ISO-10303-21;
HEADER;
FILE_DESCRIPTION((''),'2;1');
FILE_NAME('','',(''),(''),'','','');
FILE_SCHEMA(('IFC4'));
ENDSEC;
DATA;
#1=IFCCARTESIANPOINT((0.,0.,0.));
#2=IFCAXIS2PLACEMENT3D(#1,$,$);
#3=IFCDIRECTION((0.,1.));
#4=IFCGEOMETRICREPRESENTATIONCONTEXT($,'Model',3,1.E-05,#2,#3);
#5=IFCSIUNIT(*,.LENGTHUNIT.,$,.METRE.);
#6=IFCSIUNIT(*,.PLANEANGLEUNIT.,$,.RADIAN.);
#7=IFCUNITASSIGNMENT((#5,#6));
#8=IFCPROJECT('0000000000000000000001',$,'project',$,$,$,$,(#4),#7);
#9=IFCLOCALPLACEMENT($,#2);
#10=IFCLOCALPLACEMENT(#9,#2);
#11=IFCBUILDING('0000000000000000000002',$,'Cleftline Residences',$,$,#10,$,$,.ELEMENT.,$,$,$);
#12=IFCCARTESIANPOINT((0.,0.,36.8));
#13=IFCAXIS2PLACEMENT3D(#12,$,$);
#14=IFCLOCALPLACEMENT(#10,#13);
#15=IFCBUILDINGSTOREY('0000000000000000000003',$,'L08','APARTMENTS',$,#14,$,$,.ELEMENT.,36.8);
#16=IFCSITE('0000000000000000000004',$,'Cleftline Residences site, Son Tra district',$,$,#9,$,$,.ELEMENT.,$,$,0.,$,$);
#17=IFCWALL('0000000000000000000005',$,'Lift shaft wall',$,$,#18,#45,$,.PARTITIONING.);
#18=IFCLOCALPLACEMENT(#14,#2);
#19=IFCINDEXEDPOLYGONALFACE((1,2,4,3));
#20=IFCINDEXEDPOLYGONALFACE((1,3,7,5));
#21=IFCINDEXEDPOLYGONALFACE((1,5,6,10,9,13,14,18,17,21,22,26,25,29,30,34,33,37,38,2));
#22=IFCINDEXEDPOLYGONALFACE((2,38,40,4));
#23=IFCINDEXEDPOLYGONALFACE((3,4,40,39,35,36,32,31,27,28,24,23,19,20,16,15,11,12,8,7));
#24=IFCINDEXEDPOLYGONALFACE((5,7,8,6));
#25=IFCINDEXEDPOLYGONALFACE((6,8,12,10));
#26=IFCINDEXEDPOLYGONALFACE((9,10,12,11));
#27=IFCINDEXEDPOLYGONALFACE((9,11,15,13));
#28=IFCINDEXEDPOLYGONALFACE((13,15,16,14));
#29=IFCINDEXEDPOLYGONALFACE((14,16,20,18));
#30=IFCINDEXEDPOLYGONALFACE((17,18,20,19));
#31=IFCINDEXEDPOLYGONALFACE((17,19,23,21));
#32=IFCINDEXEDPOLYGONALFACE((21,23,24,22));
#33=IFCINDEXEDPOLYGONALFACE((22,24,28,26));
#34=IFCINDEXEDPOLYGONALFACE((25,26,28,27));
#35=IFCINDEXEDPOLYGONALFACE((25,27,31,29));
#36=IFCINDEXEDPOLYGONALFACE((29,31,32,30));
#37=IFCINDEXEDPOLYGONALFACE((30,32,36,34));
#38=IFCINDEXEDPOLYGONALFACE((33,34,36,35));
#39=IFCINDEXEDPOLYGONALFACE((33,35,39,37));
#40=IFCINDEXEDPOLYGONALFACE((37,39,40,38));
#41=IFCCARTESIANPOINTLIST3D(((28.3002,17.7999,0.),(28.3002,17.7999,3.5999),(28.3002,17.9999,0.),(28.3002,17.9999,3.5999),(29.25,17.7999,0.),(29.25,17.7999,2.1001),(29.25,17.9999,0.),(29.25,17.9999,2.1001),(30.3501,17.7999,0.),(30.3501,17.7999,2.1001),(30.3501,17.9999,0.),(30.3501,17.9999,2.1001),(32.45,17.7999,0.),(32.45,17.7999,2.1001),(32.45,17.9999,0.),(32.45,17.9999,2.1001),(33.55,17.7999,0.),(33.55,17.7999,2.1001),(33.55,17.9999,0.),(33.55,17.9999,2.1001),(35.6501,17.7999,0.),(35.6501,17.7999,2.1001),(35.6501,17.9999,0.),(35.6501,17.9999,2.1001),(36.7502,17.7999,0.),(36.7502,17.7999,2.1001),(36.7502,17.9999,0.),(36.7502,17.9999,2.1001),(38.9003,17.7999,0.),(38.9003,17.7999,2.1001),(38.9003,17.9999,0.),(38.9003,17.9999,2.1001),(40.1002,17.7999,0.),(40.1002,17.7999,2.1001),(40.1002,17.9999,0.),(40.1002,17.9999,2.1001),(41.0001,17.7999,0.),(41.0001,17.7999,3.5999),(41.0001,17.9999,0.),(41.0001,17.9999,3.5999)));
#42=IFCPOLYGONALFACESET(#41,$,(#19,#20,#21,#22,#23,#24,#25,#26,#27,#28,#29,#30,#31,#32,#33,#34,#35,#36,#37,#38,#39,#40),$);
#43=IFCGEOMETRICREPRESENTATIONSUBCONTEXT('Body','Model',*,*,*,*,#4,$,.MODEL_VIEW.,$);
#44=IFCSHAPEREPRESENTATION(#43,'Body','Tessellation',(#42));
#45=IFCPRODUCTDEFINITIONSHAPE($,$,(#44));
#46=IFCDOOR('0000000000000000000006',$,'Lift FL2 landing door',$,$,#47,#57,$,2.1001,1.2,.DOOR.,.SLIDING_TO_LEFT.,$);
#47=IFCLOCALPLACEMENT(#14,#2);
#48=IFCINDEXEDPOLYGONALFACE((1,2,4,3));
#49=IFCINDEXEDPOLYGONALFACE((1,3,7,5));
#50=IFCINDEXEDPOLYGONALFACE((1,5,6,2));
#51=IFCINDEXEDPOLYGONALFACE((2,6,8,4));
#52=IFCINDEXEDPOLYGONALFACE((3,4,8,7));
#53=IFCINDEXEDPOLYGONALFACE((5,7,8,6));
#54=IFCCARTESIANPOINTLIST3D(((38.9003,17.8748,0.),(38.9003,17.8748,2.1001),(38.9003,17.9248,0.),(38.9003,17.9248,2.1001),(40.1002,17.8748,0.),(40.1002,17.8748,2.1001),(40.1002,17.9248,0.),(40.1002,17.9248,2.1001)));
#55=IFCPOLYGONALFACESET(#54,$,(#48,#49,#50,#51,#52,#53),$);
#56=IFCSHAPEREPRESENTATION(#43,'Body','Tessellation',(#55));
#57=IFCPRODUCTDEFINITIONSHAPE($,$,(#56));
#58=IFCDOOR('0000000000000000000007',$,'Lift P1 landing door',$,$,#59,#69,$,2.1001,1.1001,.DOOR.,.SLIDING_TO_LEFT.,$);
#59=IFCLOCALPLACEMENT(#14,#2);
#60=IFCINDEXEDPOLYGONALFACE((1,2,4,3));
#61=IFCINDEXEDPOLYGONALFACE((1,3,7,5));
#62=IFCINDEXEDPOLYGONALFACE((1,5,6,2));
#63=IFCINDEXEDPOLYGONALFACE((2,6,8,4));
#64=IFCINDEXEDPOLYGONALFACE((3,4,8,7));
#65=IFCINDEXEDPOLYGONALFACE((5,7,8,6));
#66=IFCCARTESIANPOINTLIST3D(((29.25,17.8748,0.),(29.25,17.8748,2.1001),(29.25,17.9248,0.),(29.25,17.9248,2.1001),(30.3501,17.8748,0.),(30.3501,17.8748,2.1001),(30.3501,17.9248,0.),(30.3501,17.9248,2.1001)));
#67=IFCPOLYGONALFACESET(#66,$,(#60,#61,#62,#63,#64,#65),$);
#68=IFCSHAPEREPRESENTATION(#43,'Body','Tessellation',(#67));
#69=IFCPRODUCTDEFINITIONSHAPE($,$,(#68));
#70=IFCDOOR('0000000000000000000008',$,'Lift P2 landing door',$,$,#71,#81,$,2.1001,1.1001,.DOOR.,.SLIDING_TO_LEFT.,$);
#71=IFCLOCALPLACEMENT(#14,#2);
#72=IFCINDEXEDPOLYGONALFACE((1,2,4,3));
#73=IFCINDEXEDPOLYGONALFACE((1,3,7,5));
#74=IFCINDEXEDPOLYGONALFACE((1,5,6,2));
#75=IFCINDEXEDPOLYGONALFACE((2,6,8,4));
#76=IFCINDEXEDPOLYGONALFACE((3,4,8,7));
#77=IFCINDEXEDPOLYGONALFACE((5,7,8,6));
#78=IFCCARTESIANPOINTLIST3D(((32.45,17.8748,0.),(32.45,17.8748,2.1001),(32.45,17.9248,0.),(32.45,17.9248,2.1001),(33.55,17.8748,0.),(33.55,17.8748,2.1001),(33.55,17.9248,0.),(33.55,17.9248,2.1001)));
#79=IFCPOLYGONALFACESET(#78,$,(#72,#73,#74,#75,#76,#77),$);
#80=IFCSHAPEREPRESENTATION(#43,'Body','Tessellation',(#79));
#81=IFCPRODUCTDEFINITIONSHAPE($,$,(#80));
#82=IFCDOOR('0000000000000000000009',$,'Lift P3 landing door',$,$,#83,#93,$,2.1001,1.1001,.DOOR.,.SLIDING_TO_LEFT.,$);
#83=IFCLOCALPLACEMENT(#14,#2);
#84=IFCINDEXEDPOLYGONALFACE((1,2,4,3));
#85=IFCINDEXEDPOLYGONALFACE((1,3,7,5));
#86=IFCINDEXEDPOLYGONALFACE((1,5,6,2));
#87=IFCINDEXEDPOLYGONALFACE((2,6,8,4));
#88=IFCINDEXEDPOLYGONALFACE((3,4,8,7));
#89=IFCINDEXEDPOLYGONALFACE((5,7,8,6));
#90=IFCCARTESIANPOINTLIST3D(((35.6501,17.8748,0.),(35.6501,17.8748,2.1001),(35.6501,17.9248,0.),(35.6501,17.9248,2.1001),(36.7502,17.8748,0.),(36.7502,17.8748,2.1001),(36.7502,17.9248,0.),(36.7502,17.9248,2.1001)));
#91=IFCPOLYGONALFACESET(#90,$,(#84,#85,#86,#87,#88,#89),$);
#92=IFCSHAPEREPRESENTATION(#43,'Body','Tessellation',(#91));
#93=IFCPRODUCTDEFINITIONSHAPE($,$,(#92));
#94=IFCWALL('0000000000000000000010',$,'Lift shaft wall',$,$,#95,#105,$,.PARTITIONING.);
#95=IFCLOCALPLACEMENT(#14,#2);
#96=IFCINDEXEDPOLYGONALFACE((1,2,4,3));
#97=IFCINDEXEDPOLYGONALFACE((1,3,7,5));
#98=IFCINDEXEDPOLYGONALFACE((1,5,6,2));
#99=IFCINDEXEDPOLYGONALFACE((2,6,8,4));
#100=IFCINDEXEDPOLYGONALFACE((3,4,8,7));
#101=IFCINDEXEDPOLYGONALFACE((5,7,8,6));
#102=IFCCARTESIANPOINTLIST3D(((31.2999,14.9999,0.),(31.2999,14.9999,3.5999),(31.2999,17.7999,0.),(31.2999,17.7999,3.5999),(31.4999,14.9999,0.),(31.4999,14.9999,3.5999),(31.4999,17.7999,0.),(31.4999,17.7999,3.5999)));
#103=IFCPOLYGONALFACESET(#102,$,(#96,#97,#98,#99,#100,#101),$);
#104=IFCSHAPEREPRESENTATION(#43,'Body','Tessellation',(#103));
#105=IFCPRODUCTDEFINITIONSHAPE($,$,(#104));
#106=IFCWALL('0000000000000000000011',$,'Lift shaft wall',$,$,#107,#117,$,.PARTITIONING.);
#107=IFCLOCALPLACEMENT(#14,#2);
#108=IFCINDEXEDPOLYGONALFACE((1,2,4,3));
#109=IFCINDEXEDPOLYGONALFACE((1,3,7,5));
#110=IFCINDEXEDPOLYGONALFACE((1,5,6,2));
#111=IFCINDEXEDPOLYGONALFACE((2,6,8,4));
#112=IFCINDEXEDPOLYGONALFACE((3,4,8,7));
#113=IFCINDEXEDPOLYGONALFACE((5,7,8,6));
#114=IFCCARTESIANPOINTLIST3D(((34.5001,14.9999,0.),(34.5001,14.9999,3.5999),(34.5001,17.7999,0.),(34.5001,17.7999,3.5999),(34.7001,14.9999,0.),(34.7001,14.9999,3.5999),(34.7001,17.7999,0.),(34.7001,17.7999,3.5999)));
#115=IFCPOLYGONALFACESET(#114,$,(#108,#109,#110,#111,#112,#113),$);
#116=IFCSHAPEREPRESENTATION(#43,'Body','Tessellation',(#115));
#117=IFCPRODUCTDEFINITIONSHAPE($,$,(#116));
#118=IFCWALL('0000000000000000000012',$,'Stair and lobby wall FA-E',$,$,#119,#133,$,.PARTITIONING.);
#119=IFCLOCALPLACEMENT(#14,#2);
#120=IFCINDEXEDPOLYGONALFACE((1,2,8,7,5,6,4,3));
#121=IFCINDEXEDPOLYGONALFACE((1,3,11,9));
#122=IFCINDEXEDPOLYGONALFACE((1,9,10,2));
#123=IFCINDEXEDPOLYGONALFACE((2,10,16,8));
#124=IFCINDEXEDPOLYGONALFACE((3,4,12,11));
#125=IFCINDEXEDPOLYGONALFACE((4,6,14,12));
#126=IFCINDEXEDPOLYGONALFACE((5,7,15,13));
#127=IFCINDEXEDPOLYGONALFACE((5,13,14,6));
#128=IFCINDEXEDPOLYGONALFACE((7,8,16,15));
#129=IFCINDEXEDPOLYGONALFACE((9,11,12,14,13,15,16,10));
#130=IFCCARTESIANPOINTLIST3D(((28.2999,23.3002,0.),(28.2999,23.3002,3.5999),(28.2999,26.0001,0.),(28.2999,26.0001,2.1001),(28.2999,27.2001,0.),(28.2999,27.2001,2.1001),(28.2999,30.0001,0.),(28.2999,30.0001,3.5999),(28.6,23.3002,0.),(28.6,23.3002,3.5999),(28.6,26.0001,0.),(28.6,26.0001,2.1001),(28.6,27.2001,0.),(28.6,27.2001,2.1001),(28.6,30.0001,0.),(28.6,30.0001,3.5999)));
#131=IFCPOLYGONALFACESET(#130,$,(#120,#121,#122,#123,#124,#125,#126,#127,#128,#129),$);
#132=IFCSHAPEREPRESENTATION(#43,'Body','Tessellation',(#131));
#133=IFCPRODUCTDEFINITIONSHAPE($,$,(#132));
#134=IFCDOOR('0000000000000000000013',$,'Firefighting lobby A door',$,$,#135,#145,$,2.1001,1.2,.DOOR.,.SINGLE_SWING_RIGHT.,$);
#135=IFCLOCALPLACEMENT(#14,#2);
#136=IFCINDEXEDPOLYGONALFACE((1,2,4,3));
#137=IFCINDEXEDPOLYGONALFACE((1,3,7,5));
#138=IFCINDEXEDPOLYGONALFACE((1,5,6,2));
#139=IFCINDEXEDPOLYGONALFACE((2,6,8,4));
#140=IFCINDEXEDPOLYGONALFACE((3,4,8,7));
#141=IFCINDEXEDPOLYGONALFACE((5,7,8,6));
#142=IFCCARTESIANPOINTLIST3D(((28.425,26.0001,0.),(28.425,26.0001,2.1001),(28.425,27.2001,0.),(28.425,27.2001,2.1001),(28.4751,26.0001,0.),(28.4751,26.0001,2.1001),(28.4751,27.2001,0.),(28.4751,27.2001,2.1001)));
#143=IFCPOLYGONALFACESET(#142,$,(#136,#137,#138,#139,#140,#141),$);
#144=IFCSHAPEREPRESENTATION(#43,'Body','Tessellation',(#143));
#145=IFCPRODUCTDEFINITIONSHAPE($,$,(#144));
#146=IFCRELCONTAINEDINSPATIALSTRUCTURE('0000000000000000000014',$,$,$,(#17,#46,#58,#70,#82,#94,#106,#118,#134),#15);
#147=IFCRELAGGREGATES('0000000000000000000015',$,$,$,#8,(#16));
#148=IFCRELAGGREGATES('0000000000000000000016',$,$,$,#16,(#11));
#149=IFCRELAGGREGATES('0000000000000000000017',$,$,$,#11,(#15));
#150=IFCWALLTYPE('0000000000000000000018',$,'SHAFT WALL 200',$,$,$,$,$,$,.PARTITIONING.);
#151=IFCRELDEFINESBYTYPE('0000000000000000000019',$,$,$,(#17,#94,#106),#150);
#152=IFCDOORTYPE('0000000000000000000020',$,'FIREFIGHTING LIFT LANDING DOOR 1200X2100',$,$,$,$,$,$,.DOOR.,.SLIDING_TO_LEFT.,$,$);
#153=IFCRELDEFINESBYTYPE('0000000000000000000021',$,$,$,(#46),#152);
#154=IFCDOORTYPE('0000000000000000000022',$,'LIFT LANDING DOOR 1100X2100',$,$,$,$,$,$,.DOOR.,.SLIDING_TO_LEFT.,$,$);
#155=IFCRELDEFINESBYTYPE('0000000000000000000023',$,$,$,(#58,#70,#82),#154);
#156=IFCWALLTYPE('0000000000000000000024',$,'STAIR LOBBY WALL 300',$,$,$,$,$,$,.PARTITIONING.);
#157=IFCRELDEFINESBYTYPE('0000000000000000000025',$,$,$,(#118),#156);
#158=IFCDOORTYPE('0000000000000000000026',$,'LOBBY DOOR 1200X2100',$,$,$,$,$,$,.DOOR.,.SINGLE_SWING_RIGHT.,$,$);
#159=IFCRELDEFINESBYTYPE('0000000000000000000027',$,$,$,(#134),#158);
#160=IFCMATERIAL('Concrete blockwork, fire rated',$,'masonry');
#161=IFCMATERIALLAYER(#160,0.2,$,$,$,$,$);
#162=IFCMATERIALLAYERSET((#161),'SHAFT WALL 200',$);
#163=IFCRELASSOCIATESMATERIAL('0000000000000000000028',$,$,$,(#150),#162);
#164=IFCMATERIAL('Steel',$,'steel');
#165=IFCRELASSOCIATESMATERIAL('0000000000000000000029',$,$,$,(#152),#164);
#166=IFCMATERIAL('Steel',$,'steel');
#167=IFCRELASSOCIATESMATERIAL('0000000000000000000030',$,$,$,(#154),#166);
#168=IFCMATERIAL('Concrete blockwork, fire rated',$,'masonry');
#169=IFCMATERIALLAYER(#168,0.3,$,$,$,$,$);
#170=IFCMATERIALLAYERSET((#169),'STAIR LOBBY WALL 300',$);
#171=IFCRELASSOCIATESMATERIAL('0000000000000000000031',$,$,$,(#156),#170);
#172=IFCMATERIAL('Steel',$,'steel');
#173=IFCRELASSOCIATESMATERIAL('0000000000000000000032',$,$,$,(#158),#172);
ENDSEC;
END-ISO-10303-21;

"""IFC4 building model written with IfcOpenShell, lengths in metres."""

from ifc_helpers import new_model, si_unit, direction, frame, frame_2d, origin, place, context, subcontext, project, spatial, rectangle, extrude, material, layer, layer_set, type_object, element, fill, save


model = new_model("IFC4")

# Units and contexts
model_context = context("Model", 3, precision=1e-05, world=origin(), true_north=direction((0.0, 1.0)))
body_context = subcontext(model_context, "Body", "Model", "MODEL_VIEW")
ifc_project = project(units=[si_unit("LENGTHUNIT", "METRE"), si_unit("PLANEANGLEUNIT", "RADIAN")], contexts=[model_context])

# Site, building, storey
site_placement = place(None, origin())
site = spatial("IfcSite", under=ifc_project, at=site_placement, Name="Cleftline Residences site, Son Tra district", CompositionType="ELEMENT", RefElevation=0.0)
building_placement = place(site_placement, origin())
building = spatial("IfcBuilding", under=site, at=building_placement, Name="Cleftline Residences", CompositionType="ELEMENT")
storey_placement = place(building_placement, frame((0.0, 0.0, 36.8)))
storey = spatial("IfcBuildingStorey", under=building, at=storey_placement, Name="L08", Description="APARTMENTS", CompositionType="ELEMENT", Elevation=36.8)

# Wall, openings, doors
ifc_material_1 = material(Name="Concrete blockwork, fire rated", Category="masonry")
ifc_layer_1 = layer(ifc_material_1, 0.2)
ifc_layer_set_1 = layer_set([ifc_layer_1], Name="SHAFT WALL 200")
wall_type_1 = type_object("IfcWallType", Name="SHAFT WALL 200", PredefinedType="PARTITIONING", material=ifc_layer_set_1)
wall_1_placement = place(storey_placement, frame((28.3, 17.8999, 0.0), z_axis=(0.0, 0.0, 1.0), x_axis=(1.0, 0.0, 0.0)))
wall_1 = element("IfcWall", 1, at=wall_1_placement, inside=storey, type_object=wall_type_1, Name="Lift shaft wall", PredefinedType="PARTITIONING", context=body_context, shape_type="SweptSolid", body=[
    extrude(rectangle(XDim=12.7, YDim=0.2, at=frame_2d((6.3501, 0.0))), origin(), (0.0, 0.0, 1.0), 3.5999),
])
opening_1_placement = place(wall_1_placement, frame((0.95, 0.0, 0.0)))
opening_1 = element("IfcOpeningElement", 2, at=opening_1_placement, cuts=wall_1, PredefinedType="OPENING", context=body_context, shape_type="SweptSolid", body=[
    extrude(rectangle(XDim=1.1001, YDim=2.1001, at=frame_2d((0.55, 1.05))), frame((0.0, 0.1099, 0.0), z_axis=(0.0, -1.0, 0.0), x_axis=(1.0, 0.0, 0.0)), (0.0, 0.0, 1.0), 0.22),
])
opening_2_placement = place(wall_1_placement, frame((4.1499, 0.0, 0.0)))
opening_2 = element("IfcOpeningElement", 3, at=opening_2_placement, cuts=wall_1, PredefinedType="OPENING", context=body_context, shape_type="SweptSolid", body=[
    extrude(rectangle(XDim=1.1001, YDim=2.1001, at=frame_2d((0.55, 1.05))), frame((0.0, 0.1099, 0.0), z_axis=(0.0, -1.0, 0.0), x_axis=(1.0, 0.0, 0.0)), (0.0, 0.0, 1.0), 0.22),
])
opening_3_placement = place(wall_1_placement, frame((7.3501, 0.0, 0.0)))
opening_3 = element("IfcOpeningElement", 4, at=opening_3_placement, cuts=wall_1, PredefinedType="OPENING", context=body_context, shape_type="SweptSolid", body=[
    extrude(rectangle(XDim=1.1001, YDim=2.1001, at=frame_2d((0.55, 1.05))), frame((0.0, 0.1099, 0.0), z_axis=(0.0, -1.0, 0.0), x_axis=(1.0, 0.0, 0.0)), (0.0, 0.0, 1.0), 0.22),
])
opening_4_placement = place(wall_1_placement, frame((10.6001, 0.0, 0.0)))
opening_4 = element("IfcOpeningElement", 5, at=opening_4_placement, cuts=wall_1, PredefinedType="OPENING", context=body_context, shape_type="SweptSolid", body=[
    extrude(rectangle(XDim=1.2, YDim=2.1001, at=frame_2d((0.6001, 1.05))), frame((0.0, 0.1099, 0.0), z_axis=(0.0, -1.0, 0.0), x_axis=(1.0, 0.0, 0.0)), (0.0, 0.0, 1.0), 0.22),
])
ifc_material_2 = material(Name="Steel", Category="steel")
door_type_1 = type_object("IfcDoorType", Name="FIREFIGHTING LIFT LANDING DOOR 1200X2100", OperationType="SLIDING_TO_LEFT", PredefinedType="DOOR", material=ifc_material_2)
door_1_placement = place(opening_4_placement, origin())
door_1 = element("IfcDoor", 6, at=door_1_placement, inside=storey, type_object=door_type_1, Name="Lift FL2 landing door", OperationType="SLIDING_TO_LEFT", OverallHeight=2.1001, OverallWidth=1.2, PredefinedType="DOOR", context=body_context, shape_type="SweptSolid", body=[
    extrude(rectangle(XDim=1.2, YDim=2.1001, at=frame_2d((0.6001, 1.05))), frame((0.0, 0.0249, 0.0), z_axis=(0.0, -1.0, 0.0), x_axis=(1.0, 0.0, 0.0)), (0.0, 0.0, 1.0), 0.05),
])
fill(opening_4, door_1)
ifc_material_3 = material(Name="Steel", Category="steel")
door_type_2 = type_object("IfcDoorType", Name="LIFT LANDING DOOR 1100X2100", OperationType="SLIDING_TO_LEFT", PredefinedType="DOOR", material=ifc_material_3)
door_2_placement = place(opening_1_placement, origin())
door_2 = element("IfcDoor", 7, at=door_2_placement, inside=storey, type_object=door_type_2, Name="Lift P1 landing door", OperationType="SLIDING_TO_LEFT", OverallHeight=2.1001, OverallWidth=1.1001, PredefinedType="DOOR", context=body_context, shape_type="SweptSolid", body=[
    extrude(rectangle(XDim=1.1001, YDim=2.1001, at=frame_2d((0.55, 1.05))), frame((0.0, 0.0249, 0.0), z_axis=(0.0, -1.0, 0.0), x_axis=(1.0, 0.0, 0.0)), (0.0, 0.0, 1.0), 0.05),
])
fill(opening_1, door_2)
door_3_placement = place(opening_2_placement, origin())
door_3 = element("IfcDoor", 8, at=door_3_placement, inside=storey, type_object=door_type_2, Name="Lift P2 landing door", OperationType="SLIDING_TO_LEFT", OverallHeight=2.1001, OverallWidth=1.1001, PredefinedType="DOOR", context=body_context, shape_type="SweptSolid", body=[
    extrude(rectangle(XDim=1.1001, YDim=2.1001, at=frame_2d((0.55, 1.05))), frame((0.0, 0.0249, 0.0), z_axis=(0.0, -1.0, 0.0), x_axis=(1.0, 0.0, 0.0)), (0.0, 0.0, 1.0), 0.05),
])
fill(opening_2, door_3)
door_4_placement = place(opening_3_placement, origin())
door_4 = element("IfcDoor", 9, at=door_4_placement, inside=storey, type_object=door_type_2, Name="Lift P3 landing door", OperationType="SLIDING_TO_LEFT", OverallHeight=2.1001, OverallWidth=1.1001, PredefinedType="DOOR", context=body_context, shape_type="SweptSolid", body=[
    extrude(rectangle(XDim=1.1001, YDim=2.1001, at=frame_2d((0.55, 1.05))), frame((0.0, 0.0249, 0.0), z_axis=(0.0, -1.0, 0.0), x_axis=(1.0, 0.0, 0.0)), (0.0, 0.0, 1.0), 0.05),
])
fill(opening_3, door_4)

# Walls
for number, where, z_axis, x_axis, name in (
    (10, (31.3999, 15.0, 0.0), (0.0, 0.0, 1.0), (0.0, 1.0, 0.0), "Lift shaft wall"),
    (11, (34.6001, 15.0, 0.0), (0.0, 0.0, 1.0), (0.0, 1.0, 0.0), "Lift shaft wall"),
):
    element("IfcWall", number, at=place(storey_placement, frame(where, z_axis=z_axis, x_axis=x_axis)), inside=storey, type_object=wall_type_1, Name=name, PredefinedType="PARTITIONING", context=body_context, shape_type="SweptSolid", body=[
        extrude(rectangle(XDim=2.8, YDim=0.2, at=frame_2d((1.3999, 0.0))), origin(), (0.0, 0.0, 1.0), 3.5999),
    ])

# Wall, opening, door
ifc_material_4 = material(Name="Concrete blockwork, fire rated", Category="masonry")
ifc_layer_2 = layer(ifc_material_4, 0.3)
ifc_layer_set_2 = layer_set([ifc_layer_2], Name="STAIR LOBBY WALL 300")
wall_type_2 = type_object("IfcWallType", Name="STAIR LOBBY WALL 300", PredefinedType="PARTITIONING", material=ifc_layer_set_2)
wall_2_placement = place(storey_placement, frame((28.45, 23.3, 0.0), z_axis=(0.0, 0.0, 1.0), x_axis=(0.0, 1.0, 0.0)))
wall_2 = element("IfcWall", 12, at=wall_2_placement, inside=storey, type_object=wall_type_2, Name="Stair and lobby wall FA-E", PredefinedType="PARTITIONING", context=body_context, shape_type="SweptSolid", body=[
    extrude(rectangle(XDim=6.7, YDim=0.3, at=frame_2d((3.3501, 0.0))), origin(), (0.0, 0.0, 1.0), 3.5999),
])
opening_5_placement = place(wall_2_placement, frame((2.7, 0.0, 0.0)))
opening_5 = element("IfcOpeningElement", 13, at=opening_5_placement, cuts=wall_2, PredefinedType="OPENING", context=body_context, shape_type="SweptSolid", body=[
    extrude(rectangle(XDim=1.2, YDim=2.1001, at=frame_2d((0.6001, 1.05))), frame((0.0, 0.1599, 0.0), z_axis=(0.0, -1.0, 0.0), x_axis=(1.0, 0.0, 0.0)), (0.0, 0.0, 1.0), 0.3201),
])
ifc_material_5 = material(Name="Steel", Category="steel")
door_type_3 = type_object("IfcDoorType", Name="LOBBY DOOR 1200X2100", OperationType="SINGLE_SWING_RIGHT", PredefinedType="DOOR", material=ifc_material_5)
door_5_placement = place(opening_5_placement, origin())
door_5 = element("IfcDoor", 14, at=door_5_placement, inside=storey, type_object=door_type_3, Name="Firefighting lobby A door", OperationType="SINGLE_SWING_RIGHT", OverallHeight=2.1001, OverallWidth=1.2, PredefinedType="DOOR", context=body_context, shape_type="SweptSolid", body=[
    extrude(rectangle(XDim=1.2, YDim=2.1001, at=frame_2d((0.6001, 1.05))), frame((0.0, 0.0249, 0.0), z_axis=(0.0, -1.0, 0.0), x_axis=(1.0, 0.0, 0.0)), (0.0, 0.0, 1.0), 0.05),
])
fill(opening_5, door_5)

save(model, "model.ifc")
